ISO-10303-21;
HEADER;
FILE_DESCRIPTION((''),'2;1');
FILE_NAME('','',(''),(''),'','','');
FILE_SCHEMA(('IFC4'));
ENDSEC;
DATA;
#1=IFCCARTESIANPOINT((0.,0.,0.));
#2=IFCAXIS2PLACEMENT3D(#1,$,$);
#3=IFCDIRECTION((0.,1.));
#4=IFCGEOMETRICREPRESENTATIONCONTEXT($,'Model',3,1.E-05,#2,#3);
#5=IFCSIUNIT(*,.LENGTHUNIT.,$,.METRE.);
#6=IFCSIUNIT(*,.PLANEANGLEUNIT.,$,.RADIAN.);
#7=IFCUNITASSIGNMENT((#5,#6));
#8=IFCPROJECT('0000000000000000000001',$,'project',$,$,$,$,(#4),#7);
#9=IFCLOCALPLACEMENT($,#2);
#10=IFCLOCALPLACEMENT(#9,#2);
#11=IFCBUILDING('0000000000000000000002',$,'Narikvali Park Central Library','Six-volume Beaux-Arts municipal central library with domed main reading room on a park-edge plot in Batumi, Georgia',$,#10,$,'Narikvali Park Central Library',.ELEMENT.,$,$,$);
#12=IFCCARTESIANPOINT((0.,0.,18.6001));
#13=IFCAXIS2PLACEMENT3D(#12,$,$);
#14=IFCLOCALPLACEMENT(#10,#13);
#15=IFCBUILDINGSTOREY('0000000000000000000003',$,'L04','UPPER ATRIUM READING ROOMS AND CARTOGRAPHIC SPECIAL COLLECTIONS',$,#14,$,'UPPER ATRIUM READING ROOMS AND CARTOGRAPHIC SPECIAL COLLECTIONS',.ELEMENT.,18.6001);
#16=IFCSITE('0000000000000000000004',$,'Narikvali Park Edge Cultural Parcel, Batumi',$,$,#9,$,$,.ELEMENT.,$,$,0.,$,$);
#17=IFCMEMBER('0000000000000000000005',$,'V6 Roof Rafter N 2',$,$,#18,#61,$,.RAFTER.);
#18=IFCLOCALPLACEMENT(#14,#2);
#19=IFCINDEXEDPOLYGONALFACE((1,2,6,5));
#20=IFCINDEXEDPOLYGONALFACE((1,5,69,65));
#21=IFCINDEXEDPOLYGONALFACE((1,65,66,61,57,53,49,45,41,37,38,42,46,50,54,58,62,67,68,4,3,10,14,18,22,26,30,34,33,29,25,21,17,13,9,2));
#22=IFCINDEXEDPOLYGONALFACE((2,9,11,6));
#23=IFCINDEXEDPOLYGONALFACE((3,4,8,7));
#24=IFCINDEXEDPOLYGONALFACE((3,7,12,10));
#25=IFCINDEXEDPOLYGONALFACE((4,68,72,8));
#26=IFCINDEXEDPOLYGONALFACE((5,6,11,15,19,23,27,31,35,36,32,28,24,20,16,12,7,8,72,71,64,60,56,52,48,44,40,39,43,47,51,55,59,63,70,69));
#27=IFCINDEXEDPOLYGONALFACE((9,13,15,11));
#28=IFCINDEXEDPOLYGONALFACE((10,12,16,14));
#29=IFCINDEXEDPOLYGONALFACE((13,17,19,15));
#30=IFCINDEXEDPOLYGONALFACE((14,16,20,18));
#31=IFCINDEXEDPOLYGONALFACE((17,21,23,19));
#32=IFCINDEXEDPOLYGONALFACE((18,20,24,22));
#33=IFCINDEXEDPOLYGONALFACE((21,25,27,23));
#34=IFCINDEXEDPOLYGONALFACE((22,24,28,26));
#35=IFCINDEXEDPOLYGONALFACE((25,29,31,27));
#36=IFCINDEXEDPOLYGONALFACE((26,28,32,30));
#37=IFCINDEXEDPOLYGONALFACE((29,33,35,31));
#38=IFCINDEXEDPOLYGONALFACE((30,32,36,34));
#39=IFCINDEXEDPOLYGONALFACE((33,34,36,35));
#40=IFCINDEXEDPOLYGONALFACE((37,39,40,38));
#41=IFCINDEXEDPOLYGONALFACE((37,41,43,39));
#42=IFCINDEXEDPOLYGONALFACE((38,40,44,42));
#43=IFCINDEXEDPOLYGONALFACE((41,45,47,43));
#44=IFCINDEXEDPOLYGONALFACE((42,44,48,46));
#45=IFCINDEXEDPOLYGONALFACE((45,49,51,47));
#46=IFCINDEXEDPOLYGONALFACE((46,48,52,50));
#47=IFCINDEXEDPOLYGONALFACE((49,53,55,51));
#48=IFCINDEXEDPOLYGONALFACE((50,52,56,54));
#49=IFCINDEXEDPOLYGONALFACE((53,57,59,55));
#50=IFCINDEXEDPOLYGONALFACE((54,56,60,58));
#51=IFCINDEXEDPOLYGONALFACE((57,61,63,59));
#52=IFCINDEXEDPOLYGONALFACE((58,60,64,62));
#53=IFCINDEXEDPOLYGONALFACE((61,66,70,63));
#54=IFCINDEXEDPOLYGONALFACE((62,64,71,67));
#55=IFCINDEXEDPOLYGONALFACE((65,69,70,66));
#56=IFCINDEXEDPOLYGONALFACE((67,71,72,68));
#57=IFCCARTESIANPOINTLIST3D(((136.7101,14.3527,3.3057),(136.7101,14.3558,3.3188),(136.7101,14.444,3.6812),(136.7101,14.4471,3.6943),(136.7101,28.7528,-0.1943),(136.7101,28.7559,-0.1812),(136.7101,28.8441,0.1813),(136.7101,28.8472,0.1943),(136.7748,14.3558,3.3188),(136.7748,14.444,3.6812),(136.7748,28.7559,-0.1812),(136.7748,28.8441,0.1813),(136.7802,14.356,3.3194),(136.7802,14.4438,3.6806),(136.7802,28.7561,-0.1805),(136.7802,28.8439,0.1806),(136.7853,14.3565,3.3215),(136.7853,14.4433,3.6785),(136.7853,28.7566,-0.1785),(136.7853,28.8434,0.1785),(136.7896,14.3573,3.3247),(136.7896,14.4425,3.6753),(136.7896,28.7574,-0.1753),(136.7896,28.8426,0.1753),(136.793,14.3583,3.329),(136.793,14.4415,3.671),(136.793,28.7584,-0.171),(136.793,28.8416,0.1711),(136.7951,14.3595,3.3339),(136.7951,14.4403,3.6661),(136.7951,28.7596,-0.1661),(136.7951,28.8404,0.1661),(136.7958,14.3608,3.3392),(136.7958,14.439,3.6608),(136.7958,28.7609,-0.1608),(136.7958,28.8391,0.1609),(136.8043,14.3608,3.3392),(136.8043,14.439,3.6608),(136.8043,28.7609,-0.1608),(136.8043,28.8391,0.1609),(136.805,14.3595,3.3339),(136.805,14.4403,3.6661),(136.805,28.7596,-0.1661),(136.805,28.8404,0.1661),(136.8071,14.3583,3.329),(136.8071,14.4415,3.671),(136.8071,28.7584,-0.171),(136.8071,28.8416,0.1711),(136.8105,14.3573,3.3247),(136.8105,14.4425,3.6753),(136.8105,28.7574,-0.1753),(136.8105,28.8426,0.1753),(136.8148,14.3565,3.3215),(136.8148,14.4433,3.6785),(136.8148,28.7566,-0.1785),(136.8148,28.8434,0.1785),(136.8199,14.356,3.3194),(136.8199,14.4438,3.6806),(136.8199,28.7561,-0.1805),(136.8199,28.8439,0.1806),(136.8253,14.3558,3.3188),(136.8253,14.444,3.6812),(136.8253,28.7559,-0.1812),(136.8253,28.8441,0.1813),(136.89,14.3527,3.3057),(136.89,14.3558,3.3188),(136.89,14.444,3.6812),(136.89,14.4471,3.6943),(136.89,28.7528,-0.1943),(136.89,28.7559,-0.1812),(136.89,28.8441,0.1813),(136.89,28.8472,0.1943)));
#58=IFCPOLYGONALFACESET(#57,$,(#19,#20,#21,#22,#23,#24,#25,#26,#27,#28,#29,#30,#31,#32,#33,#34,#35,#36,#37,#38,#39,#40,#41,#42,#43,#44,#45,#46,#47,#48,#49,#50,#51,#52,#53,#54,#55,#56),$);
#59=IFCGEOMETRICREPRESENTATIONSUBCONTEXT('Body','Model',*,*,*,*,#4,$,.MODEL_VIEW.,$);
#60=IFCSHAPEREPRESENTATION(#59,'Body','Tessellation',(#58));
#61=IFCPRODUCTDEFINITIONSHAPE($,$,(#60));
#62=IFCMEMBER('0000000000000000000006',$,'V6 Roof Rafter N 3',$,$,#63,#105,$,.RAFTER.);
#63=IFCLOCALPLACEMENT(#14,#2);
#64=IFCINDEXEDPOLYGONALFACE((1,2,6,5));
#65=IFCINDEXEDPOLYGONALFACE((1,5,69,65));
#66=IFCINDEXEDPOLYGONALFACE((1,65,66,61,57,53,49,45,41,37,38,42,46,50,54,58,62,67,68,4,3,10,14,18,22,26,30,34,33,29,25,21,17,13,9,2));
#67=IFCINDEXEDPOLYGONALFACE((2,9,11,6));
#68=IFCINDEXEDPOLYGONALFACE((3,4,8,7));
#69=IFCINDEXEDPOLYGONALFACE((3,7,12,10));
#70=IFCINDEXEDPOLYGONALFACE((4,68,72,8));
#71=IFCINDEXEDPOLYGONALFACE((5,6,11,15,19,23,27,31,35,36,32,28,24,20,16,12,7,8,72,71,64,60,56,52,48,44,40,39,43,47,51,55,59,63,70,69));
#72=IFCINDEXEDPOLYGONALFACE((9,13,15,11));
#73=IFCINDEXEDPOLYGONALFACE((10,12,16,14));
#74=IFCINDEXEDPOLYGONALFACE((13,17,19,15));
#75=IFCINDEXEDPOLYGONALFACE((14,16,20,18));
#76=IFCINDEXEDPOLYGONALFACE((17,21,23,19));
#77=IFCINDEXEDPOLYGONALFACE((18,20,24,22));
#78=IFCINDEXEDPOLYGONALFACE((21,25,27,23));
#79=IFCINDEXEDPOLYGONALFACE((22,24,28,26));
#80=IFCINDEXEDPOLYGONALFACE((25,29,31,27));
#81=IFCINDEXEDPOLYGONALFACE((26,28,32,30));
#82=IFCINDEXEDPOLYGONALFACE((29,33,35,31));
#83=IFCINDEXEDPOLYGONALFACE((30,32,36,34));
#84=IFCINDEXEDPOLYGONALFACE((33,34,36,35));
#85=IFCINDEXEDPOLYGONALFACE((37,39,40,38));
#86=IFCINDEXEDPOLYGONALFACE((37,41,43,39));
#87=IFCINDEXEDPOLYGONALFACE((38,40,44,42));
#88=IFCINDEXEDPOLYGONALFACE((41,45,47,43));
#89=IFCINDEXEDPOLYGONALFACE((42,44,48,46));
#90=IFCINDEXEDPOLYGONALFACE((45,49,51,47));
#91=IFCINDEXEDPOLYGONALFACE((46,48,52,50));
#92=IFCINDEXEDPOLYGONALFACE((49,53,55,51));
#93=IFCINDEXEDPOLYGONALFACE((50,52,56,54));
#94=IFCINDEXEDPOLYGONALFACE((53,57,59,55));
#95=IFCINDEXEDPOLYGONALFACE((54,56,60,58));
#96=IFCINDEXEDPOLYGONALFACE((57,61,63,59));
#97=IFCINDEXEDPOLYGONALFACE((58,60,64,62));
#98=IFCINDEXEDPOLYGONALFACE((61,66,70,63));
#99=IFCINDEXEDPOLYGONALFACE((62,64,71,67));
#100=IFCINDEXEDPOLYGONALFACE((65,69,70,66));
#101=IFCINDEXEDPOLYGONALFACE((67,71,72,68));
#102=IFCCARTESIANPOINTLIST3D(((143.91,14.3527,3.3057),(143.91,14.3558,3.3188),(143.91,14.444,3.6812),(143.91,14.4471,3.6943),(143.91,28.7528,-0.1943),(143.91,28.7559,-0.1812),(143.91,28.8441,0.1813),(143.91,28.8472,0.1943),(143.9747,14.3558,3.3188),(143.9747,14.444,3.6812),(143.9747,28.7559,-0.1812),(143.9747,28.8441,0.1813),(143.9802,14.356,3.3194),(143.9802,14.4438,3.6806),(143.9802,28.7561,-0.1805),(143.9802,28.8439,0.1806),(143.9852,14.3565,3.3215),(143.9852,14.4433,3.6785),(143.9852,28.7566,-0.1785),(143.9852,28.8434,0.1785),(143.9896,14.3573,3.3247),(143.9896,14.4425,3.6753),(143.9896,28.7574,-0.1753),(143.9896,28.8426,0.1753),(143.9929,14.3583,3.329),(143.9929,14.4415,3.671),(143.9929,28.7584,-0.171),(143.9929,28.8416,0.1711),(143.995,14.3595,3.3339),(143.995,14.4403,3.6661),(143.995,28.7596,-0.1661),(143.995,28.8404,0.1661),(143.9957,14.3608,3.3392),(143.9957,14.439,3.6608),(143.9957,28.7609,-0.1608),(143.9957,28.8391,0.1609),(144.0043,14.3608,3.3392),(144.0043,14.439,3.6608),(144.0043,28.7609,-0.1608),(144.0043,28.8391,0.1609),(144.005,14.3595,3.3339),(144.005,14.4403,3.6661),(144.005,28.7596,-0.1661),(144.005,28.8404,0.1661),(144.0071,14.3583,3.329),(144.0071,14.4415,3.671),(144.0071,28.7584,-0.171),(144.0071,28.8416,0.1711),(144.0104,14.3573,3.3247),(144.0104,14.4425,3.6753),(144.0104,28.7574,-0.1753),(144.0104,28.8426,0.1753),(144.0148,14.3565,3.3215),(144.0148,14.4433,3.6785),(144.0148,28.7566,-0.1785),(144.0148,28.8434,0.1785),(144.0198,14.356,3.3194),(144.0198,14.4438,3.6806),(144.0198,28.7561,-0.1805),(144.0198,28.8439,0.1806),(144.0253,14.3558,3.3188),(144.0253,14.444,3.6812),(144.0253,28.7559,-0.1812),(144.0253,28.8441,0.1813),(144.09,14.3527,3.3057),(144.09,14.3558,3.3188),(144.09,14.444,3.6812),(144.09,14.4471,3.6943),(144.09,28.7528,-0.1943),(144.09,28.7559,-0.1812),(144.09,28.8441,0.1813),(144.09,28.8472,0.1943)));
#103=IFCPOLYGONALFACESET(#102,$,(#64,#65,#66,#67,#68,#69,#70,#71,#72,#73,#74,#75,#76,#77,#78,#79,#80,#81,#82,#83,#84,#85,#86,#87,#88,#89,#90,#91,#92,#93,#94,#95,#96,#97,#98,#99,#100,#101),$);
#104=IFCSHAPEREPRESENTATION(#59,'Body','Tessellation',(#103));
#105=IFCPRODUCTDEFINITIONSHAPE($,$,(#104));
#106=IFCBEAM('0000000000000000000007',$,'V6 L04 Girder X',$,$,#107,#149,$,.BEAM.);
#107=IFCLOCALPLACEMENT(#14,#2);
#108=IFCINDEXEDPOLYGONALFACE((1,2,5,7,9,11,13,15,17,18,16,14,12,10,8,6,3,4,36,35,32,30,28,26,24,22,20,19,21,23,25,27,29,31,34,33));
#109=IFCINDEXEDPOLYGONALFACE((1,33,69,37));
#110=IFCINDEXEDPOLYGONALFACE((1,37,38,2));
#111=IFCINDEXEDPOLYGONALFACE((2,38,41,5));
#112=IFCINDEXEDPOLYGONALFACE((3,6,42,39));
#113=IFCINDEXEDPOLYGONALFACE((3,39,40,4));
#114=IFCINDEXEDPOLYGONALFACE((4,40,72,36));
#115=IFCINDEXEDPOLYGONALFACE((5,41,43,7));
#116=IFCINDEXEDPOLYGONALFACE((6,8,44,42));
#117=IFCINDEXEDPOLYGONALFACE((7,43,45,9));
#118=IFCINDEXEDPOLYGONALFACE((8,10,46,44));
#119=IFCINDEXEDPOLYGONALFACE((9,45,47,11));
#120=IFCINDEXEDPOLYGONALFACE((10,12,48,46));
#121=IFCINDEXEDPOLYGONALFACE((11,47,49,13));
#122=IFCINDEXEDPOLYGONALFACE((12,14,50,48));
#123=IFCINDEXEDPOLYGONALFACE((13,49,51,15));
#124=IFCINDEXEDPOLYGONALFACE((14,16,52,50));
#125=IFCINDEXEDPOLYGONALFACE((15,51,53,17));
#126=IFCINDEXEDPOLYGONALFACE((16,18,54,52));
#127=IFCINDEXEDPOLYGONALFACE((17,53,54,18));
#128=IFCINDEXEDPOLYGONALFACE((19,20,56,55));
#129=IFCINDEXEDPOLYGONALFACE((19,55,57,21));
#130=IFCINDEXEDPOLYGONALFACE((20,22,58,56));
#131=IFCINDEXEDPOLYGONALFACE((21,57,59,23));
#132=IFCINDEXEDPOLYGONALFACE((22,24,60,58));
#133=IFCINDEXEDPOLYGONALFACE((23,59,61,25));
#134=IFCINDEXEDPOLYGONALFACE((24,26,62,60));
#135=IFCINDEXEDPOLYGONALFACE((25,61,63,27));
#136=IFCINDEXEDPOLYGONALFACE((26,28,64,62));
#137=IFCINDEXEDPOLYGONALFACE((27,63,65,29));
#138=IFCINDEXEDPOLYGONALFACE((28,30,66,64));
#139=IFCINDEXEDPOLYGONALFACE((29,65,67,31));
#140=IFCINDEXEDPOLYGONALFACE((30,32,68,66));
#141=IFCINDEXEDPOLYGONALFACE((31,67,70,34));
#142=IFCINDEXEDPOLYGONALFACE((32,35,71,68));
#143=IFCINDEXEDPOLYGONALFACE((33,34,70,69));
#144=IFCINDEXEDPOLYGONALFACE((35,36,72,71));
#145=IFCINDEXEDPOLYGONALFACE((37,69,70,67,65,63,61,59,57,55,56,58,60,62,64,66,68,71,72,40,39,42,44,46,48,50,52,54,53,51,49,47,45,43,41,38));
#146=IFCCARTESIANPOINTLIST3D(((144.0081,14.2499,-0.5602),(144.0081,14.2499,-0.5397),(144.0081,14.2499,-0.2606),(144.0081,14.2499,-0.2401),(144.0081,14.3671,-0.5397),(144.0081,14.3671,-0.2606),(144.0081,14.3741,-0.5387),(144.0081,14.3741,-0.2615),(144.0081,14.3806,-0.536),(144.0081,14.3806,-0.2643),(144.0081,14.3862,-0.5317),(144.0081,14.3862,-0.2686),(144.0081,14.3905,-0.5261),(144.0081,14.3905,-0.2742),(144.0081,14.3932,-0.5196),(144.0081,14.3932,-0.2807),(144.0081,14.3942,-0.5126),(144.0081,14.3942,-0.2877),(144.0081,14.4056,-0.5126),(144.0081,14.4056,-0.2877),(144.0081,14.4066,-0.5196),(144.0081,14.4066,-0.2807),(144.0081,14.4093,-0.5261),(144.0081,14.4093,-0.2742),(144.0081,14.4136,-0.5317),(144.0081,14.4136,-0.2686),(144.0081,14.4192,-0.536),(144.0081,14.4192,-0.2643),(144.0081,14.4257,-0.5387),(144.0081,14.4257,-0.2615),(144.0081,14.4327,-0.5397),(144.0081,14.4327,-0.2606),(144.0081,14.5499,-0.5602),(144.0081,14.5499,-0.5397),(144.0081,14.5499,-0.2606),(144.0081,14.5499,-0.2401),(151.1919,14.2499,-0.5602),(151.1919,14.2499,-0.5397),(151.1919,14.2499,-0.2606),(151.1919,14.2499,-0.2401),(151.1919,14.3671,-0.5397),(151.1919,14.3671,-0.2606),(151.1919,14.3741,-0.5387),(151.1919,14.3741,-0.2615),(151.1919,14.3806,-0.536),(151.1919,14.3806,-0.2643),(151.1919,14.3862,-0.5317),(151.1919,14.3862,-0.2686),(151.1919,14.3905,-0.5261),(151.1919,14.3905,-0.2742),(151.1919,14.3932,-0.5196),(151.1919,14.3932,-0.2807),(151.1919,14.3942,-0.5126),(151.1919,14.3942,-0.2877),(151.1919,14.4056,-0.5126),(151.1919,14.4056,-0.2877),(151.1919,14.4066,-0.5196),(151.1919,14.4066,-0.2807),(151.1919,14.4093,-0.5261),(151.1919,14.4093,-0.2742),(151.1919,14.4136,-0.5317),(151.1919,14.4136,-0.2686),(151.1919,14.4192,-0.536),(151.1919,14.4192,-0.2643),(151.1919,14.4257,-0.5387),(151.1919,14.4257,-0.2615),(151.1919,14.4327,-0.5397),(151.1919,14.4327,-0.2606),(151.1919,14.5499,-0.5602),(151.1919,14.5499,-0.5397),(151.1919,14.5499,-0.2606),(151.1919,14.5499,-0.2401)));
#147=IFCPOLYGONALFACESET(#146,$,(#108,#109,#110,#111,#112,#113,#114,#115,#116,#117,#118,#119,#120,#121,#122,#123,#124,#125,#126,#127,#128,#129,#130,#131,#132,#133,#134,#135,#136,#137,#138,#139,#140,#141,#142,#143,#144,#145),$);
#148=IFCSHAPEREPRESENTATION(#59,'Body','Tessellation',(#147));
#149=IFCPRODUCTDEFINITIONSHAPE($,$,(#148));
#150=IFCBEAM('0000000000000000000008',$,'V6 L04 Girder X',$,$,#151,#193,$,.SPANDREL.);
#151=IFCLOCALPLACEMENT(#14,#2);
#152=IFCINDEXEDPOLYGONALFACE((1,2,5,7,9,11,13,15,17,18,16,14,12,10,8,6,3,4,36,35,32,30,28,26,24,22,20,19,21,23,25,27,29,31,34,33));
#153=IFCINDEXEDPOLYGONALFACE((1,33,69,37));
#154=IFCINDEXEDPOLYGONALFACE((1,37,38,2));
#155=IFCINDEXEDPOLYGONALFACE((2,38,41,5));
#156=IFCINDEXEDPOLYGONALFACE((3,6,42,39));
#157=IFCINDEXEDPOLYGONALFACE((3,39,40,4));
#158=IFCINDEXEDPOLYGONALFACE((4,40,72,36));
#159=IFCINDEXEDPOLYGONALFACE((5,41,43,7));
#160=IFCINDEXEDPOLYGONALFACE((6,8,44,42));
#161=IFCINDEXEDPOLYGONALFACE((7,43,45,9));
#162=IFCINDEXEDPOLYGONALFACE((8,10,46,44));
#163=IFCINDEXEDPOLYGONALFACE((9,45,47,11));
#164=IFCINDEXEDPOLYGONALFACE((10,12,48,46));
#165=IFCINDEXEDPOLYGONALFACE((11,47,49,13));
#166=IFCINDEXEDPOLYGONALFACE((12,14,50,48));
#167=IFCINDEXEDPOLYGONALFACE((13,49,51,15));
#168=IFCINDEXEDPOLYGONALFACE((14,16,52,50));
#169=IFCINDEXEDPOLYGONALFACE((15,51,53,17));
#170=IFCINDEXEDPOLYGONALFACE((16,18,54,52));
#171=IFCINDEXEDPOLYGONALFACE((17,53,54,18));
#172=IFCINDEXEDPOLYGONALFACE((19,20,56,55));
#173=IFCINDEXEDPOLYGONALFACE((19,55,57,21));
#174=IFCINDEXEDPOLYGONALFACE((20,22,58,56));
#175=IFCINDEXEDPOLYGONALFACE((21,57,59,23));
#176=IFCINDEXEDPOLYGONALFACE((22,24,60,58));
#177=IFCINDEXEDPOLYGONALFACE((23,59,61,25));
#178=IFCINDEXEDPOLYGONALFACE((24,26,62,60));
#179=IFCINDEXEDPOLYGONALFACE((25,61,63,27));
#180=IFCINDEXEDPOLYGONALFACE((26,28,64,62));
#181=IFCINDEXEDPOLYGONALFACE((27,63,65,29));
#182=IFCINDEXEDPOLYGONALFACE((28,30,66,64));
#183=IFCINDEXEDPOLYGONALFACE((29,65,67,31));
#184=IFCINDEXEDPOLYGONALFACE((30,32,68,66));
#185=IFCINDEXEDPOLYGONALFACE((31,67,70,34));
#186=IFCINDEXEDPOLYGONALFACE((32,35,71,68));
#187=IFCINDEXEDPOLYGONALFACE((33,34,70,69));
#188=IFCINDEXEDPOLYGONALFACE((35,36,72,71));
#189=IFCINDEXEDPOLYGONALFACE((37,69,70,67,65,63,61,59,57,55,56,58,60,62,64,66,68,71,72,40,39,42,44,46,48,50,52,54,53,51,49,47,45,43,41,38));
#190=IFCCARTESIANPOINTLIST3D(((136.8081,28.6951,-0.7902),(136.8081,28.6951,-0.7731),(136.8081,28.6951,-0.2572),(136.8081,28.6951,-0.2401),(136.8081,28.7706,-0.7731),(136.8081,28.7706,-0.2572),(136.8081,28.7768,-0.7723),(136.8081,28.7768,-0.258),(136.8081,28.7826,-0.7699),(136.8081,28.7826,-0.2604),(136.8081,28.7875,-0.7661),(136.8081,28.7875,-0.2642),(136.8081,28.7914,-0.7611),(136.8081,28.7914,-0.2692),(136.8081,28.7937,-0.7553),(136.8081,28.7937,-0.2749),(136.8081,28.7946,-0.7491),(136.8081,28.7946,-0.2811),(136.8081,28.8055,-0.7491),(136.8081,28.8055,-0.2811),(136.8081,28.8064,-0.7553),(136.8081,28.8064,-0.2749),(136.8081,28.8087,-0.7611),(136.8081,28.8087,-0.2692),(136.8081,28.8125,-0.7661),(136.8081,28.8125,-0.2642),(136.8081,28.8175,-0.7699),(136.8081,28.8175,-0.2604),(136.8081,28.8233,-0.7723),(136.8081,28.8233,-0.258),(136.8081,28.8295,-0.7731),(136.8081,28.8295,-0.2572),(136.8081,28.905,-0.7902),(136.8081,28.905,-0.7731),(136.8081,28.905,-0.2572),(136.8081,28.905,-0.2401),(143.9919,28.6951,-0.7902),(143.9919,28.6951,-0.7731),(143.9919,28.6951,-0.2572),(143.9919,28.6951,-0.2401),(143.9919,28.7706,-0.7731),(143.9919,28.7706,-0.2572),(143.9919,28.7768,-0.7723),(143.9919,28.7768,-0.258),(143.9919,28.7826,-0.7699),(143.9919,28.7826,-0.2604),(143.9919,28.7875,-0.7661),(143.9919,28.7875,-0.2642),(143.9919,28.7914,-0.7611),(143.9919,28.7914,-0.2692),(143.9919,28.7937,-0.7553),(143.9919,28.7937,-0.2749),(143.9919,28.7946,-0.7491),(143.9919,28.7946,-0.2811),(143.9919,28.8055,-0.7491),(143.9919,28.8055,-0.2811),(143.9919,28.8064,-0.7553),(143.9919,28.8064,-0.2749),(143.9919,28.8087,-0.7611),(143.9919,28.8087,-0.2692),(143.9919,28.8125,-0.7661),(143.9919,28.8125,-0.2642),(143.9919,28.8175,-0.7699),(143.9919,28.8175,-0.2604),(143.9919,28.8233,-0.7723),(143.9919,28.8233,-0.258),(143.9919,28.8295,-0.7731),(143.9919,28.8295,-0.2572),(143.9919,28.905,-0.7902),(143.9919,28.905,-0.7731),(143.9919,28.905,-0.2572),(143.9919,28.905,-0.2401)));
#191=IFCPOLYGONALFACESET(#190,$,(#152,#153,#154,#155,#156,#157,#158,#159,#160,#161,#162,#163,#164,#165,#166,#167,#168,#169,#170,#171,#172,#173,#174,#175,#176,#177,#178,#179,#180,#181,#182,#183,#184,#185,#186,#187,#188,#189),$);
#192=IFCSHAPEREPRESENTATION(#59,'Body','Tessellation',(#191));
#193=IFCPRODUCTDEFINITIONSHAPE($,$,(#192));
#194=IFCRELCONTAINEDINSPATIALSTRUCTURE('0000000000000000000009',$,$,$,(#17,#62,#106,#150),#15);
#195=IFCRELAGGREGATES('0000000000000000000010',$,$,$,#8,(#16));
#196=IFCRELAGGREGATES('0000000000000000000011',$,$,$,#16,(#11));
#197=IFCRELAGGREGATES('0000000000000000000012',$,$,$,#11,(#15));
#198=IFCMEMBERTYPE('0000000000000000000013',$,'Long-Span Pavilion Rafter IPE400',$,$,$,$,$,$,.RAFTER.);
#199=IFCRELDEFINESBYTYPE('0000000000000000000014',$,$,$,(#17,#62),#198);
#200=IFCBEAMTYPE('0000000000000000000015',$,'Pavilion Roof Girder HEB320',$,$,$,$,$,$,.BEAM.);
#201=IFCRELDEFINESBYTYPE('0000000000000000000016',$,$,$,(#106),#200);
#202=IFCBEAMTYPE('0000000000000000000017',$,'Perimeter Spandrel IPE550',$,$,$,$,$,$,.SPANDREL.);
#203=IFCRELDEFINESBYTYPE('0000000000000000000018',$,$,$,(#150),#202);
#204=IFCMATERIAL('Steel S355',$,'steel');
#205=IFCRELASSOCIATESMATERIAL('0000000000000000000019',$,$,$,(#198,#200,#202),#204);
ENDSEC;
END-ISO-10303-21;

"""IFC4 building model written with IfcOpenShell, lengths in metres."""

from ifc_helpers import new_model, si_unit, direction, frame, origin, origin_2d, place, context, subcontext, project, spatial, i_section, extrude, material, material_profile, profile_set, type_object, element, save


model = new_model("IFC4")

# Units and contexts
model_context = context("Model", 3, precision=1e-05, world=origin(), true_north=direction((0.0, 1.0)))
body_context = subcontext(model_context, "Body", "Model", "MODEL_VIEW")
ifc_project = project(units=[si_unit("LENGTHUNIT", "METRE"), si_unit("PLANEANGLEUNIT", "RADIAN")], contexts=[model_context])

# Site, building, storey
site_placement = place(None, origin())
site = spatial("IfcSite", under=ifc_project, at=site_placement, Name="Narikvali Park Edge Cultural Parcel, Batumi", CompositionType="ELEMENT", RefElevation=0.0)
building_placement = place(site_placement, origin())
building = spatial("IfcBuilding", under=site, at=building_placement, Name="Narikvali Park Central Library", Description="Six-volume Beaux-Arts municipal central library with domed main reading room on a park-edge plot in Batumi, Georgia", LongName="Narikvali Park Central Library", CompositionType="ELEMENT")
storey_placement = place(building_placement, frame((0.0, 0.0, 18.6001)))
storey = spatial("IfcBuildingStorey", under=building, at=storey_placement, Name="L04", Description="UPPER ATRIUM READING ROOMS AND CARTOGRAPHIC SPECIAL COLLECTIONS", LongName="UPPER ATRIUM READING ROOMS AND CARTOGRAPHIC SPECIAL COLLECTIONS", CompositionType="ELEMENT", Elevation=18.6001)

# Shared definitions
ifc_material = material(Name="Steel S355", Category="steel")

# Members
ifc_material_profile_1 = material_profile(ifc_material, i_section(OverallWidth=0.1799, OverallDepth=0.3999, WebThickness=0.0085, FlangeThickness=0.0134, FilletRadius=0.021, at=origin_2d()), Name="IPE 400")
ifc_profile_set_1 = profile_set([ifc_material_profile_1], Name="Steel S355")
member_type_1 = type_object("IfcMemberType", Name="Long-Span Pavilion Rafter IPE400", PredefinedType="RAFTER", material=ifc_profile_set_1)
for number, where, z_axis, x_axis, name in (
    (1, (136.8, 14.3999, 3.5), (0.0, 0.97171, -0.236177), (-1.0, 0.0, 0.0), "V6 Roof Rafter N 2"),
    (2, (144.0, 14.3999, 3.5), (0.0, 0.97171, -0.236177), (-1.0, 0.0, 0.0), "V6 Roof Rafter N 3"),
):
    element("IfcMember", number, at=place(storey_placement, frame(where, z_axis=z_axis, x_axis=x_axis)), inside=storey, type_object=member_type_1, Name=name, PredefinedType="RAFTER", context=body_context, shape_type="SweptSolid", body=[
        extrude(i_section(OverallWidth=0.1799, OverallDepth=0.3999, WebThickness=0.0085, FlangeThickness=0.0134, FilletRadius=0.021, at=origin_2d()), origin(), (0.0, 0.0, 1.0), 14.8193),
    ])

# Beams
ifc_material_profile_2 = material_profile(ifc_material, i_section(OverallWidth=0.3, OverallDepth=0.3201, WebThickness=0.0115, FlangeThickness=0.0205, FilletRadius=0.0271, at=origin_2d()), Name="HEB 320")
ifc_profile_set_2 = profile_set([ifc_material_profile_2], Name="Steel S355")
beam_type_1 = type_object("IfcBeamType", Name="Pavilion Roof Girder HEB320", PredefinedType="BEAM", material=ifc_profile_set_2)
beam_placement = place(storey_placement, frame((144.0081, 14.3999, -0.4001), z_axis=(1.0, 0.0, 0.0), x_axis=(0.0, 1.0, 0.0)))
element("IfcBeam", 3, at=beam_placement, inside=storey, type_object=beam_type_1, Name="V6 L04 Girder X", PredefinedType="BEAM", context=body_context, shape_type="SweptSolid", body=[
    extrude(i_section(OverallWidth=0.3, OverallDepth=0.3201, WebThickness=0.0115, FlangeThickness=0.0205, FilletRadius=0.0271, at=origin_2d()), origin(), (0.0, 0.0, 1.0), 7.1838),
])
ifc_material_profile_3 = material_profile(ifc_material, i_section(OverallWidth=0.21, OverallDepth=0.55, WebThickness=0.011, FlangeThickness=0.0171, FilletRadius=0.0239, at=origin_2d()), Name="IPE 550")
ifc_profile_set_3 = profile_set([ifc_material_profile_3], Name="Steel S355")
beam_type_2 = type_object("IfcBeamType", Name="Perimeter Spandrel IPE550", PredefinedType="SPANDREL", material=ifc_profile_set_3)
for number, where, z_axis, x_axis, name in (
    (4, (136.8081, 28.8, -0.5151), (1.0, 0.0, 0.0), (0.0, 1.0, 0.0), "V6 L04 Girder X"),
):
    element("IfcBeam", number, at=place(storey_placement, frame(where, z_axis=z_axis, x_axis=x_axis)), inside=storey, type_object=beam_type_2, Name=name, PredefinedType="SPANDREL", context=body_context, shape_type="SweptSolid", body=[
        extrude(i_section(OverallWidth=0.21, OverallDepth=0.55, WebThickness=0.011, FlangeThickness=0.0171, FilletRadius=0.0239, at=origin_2d()), origin(), (0.0, 0.0, 1.0), 7.1838),
    ])

save(model, "model.ifc")
